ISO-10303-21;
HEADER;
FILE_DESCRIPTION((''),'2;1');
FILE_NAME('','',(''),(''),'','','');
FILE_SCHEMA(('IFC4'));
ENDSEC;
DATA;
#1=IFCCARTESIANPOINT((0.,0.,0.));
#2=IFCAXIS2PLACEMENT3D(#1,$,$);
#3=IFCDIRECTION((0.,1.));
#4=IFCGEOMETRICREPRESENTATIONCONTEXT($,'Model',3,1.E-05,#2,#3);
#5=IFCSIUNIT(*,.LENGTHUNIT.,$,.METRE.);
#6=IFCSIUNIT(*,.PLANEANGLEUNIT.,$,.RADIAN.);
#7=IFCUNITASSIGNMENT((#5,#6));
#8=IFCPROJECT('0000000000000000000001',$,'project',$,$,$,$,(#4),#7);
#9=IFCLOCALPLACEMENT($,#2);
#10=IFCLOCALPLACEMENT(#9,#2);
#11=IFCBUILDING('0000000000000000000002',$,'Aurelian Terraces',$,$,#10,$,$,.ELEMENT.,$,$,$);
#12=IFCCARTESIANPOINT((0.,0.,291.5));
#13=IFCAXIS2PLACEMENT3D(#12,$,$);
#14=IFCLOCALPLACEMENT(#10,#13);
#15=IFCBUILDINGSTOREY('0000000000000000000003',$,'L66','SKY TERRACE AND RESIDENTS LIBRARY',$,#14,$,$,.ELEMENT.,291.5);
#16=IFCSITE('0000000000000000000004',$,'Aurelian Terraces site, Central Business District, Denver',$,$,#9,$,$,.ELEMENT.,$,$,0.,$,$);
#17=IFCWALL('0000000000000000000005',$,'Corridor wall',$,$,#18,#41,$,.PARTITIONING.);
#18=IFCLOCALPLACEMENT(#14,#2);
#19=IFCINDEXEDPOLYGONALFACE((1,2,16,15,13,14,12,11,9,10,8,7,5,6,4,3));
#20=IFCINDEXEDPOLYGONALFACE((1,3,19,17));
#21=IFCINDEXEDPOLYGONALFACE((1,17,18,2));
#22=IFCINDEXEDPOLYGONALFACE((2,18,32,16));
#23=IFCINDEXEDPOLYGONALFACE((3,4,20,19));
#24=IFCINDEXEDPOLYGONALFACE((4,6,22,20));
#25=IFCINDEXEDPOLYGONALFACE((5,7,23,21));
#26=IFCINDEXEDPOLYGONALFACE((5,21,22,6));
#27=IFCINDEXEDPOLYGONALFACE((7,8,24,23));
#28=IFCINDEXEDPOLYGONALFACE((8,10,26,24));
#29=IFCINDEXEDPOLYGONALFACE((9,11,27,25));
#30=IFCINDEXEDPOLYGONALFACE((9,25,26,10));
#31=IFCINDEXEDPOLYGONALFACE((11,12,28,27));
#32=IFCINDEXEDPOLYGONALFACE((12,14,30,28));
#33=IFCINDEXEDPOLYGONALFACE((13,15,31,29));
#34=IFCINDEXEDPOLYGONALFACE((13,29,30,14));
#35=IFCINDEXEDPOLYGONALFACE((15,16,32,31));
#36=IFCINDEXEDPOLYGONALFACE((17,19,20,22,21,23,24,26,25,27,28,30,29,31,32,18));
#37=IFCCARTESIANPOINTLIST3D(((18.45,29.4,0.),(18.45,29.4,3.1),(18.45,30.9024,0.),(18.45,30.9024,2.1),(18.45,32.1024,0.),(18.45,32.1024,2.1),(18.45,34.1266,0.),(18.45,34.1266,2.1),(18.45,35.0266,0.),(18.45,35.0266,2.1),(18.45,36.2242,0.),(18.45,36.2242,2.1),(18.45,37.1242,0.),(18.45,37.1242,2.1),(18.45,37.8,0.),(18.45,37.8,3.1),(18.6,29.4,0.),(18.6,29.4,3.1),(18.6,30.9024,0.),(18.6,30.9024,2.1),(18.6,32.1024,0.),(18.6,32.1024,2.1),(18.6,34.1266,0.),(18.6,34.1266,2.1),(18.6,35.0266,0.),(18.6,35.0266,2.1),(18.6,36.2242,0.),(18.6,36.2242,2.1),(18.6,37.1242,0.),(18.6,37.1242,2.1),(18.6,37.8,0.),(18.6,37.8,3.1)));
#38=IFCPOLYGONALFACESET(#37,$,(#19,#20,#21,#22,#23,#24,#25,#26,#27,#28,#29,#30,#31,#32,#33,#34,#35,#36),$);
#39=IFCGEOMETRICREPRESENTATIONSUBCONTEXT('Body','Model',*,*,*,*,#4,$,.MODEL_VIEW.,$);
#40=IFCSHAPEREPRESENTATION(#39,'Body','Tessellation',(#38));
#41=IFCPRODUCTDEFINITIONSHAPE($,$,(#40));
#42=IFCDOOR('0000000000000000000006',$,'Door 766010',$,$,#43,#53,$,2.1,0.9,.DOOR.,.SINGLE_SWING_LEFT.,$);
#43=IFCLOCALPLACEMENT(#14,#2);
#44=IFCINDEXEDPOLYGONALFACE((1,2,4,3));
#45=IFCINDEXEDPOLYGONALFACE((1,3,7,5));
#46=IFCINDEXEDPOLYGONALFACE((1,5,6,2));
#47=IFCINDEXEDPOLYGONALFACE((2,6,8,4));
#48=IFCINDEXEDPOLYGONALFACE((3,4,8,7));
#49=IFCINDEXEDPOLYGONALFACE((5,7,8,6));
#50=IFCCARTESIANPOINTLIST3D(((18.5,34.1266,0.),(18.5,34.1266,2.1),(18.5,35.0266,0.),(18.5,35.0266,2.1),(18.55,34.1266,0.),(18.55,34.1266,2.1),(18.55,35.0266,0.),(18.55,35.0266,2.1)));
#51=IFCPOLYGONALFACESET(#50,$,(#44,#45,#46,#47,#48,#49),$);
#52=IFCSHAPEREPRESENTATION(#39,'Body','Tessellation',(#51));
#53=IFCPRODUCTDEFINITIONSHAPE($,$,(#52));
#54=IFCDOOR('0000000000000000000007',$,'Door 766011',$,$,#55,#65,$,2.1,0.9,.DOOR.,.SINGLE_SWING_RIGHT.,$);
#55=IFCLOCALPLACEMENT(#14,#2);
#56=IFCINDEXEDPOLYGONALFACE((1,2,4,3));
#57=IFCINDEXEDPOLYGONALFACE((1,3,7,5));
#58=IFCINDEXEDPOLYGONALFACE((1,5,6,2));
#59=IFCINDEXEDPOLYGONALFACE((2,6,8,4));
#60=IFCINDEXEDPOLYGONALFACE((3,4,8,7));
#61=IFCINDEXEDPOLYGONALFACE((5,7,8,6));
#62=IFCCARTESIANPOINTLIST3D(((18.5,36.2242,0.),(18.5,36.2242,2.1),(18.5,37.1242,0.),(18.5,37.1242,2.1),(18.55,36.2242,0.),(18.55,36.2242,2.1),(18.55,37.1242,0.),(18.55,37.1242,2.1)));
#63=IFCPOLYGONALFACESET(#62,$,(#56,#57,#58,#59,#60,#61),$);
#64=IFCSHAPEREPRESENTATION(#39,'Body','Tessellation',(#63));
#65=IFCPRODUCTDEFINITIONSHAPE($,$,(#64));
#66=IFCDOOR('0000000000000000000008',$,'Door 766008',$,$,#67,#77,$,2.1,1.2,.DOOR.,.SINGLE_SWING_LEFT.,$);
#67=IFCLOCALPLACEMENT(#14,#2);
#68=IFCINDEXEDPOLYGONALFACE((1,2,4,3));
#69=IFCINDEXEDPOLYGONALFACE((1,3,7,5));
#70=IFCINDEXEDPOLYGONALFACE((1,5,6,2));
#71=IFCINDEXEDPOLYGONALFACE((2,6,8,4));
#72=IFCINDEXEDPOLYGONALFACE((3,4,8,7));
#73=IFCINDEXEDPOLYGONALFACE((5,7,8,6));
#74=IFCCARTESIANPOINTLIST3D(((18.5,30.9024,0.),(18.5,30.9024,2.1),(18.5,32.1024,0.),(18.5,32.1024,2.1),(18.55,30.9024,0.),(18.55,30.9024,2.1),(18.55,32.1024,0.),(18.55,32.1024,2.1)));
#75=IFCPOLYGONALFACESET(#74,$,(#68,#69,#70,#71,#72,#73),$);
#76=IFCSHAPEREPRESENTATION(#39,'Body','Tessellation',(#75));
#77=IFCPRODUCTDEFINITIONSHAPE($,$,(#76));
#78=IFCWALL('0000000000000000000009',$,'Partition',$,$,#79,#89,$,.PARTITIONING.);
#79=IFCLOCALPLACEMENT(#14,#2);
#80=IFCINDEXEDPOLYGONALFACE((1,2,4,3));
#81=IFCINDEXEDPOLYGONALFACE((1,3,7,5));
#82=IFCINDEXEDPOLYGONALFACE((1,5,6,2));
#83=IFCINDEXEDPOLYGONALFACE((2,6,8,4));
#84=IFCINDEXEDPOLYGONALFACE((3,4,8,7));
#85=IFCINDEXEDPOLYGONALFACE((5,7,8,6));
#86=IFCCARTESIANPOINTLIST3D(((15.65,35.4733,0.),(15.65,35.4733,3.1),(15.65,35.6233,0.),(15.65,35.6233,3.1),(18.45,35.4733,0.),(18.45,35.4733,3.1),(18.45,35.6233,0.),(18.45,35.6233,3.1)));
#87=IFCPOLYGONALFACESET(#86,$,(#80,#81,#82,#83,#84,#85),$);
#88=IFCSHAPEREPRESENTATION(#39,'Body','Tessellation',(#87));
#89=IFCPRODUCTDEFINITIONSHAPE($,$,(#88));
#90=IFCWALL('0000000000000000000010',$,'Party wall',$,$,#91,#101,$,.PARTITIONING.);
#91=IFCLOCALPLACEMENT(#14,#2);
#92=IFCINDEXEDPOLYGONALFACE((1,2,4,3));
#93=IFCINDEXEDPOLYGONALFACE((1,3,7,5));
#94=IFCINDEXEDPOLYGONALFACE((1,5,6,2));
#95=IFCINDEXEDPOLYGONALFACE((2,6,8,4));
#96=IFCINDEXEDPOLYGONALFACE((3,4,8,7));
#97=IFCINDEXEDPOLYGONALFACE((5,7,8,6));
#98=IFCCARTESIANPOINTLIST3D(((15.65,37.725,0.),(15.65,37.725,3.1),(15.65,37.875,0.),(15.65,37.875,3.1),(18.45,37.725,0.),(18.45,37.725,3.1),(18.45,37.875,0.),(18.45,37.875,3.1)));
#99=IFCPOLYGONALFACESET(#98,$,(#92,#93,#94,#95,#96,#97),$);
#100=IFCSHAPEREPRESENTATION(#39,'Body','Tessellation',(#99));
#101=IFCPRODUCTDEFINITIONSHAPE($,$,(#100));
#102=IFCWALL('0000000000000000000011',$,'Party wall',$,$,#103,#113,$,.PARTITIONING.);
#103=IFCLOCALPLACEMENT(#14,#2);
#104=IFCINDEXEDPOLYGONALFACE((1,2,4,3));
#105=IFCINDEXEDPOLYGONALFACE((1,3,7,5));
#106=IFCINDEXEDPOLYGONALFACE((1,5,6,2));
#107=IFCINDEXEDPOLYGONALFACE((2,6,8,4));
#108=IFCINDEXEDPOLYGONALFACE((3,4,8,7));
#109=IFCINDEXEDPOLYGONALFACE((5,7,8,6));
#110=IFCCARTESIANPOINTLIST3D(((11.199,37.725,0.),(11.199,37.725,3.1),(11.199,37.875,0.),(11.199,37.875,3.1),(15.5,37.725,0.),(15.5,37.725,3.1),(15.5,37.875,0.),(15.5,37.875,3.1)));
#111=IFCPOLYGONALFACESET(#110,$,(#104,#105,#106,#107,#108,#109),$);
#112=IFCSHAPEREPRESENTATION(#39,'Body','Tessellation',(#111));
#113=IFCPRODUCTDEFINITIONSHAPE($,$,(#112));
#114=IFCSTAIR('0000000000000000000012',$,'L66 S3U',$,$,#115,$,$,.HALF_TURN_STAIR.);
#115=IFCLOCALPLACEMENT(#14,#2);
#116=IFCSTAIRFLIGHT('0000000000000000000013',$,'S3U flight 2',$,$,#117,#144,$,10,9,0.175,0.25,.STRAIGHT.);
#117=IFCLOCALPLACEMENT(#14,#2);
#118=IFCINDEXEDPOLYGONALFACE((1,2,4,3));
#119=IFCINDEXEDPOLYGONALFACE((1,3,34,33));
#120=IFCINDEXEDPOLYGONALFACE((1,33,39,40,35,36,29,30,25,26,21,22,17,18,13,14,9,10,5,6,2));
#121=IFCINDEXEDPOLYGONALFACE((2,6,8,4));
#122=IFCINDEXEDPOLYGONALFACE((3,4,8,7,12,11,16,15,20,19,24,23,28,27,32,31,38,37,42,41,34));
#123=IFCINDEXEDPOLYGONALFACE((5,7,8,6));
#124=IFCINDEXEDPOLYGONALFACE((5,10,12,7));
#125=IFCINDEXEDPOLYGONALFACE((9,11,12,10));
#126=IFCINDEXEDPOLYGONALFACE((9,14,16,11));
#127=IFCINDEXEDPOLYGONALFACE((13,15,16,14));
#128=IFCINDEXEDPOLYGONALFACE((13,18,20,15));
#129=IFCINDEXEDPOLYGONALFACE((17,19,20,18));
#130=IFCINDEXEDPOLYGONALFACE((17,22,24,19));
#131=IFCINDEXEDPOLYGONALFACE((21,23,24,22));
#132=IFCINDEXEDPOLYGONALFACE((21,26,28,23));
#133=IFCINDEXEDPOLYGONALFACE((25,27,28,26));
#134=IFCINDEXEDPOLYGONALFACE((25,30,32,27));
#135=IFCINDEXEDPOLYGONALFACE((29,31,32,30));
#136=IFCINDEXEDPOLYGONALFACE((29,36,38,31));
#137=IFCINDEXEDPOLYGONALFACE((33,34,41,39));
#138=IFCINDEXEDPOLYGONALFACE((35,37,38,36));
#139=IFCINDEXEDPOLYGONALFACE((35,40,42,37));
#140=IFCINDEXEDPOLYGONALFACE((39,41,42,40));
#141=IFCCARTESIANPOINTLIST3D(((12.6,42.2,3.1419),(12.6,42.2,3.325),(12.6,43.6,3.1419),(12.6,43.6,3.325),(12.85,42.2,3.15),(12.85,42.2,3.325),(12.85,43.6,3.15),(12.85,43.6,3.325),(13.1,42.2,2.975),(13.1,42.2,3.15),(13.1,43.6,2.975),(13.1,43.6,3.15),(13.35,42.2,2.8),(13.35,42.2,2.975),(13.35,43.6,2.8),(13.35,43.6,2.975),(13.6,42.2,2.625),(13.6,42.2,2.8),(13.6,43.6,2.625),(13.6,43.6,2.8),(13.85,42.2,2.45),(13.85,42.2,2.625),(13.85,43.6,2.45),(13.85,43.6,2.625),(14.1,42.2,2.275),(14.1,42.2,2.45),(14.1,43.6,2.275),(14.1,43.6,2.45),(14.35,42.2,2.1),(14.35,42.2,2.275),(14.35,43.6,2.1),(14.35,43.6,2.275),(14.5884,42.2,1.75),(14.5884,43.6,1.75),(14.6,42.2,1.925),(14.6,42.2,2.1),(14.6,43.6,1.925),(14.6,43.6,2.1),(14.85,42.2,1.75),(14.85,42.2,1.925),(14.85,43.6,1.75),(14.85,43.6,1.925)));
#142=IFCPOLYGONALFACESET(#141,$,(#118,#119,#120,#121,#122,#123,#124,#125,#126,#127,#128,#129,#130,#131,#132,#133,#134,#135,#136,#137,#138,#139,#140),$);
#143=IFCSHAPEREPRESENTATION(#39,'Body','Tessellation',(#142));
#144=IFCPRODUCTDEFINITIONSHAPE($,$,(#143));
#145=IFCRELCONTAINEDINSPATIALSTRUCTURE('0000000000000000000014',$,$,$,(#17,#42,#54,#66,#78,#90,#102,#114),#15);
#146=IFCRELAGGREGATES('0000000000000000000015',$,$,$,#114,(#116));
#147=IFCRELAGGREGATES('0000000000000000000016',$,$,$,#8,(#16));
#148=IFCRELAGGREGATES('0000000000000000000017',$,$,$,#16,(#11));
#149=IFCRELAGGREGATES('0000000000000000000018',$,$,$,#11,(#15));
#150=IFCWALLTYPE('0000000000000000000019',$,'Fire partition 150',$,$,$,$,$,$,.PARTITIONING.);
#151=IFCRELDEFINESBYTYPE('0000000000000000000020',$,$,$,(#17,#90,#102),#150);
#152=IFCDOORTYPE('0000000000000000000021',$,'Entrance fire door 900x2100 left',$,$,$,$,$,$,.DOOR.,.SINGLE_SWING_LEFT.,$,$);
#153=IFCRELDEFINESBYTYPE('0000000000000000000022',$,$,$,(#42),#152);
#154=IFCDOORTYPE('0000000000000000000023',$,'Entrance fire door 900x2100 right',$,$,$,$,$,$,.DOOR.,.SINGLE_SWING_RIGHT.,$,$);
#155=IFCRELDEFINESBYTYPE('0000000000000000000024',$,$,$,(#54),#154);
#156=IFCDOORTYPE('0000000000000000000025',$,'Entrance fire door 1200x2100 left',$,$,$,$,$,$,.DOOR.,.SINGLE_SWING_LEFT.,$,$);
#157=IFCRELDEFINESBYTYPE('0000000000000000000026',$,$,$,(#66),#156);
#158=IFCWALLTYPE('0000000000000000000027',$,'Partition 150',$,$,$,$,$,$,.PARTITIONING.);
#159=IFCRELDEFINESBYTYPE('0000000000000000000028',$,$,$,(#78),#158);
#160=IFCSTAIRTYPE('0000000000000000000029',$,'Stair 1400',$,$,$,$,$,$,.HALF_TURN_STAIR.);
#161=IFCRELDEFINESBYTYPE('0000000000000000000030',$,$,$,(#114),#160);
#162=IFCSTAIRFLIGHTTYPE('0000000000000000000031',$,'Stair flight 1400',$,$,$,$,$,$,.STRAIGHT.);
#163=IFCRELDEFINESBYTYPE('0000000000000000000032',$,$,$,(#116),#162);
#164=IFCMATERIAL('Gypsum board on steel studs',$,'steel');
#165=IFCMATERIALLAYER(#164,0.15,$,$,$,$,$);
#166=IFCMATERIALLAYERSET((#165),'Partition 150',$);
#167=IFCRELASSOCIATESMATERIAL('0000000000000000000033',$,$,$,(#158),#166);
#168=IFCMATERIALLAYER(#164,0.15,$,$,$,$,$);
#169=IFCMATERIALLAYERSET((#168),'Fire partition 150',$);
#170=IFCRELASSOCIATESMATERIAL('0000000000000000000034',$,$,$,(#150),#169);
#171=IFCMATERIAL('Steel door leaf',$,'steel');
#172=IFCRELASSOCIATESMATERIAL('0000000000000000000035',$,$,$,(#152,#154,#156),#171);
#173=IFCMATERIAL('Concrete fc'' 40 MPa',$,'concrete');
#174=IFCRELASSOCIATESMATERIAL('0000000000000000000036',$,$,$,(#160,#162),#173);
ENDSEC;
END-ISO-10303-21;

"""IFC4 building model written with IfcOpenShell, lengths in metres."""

from ifc_helpers import new_model, si_unit, direction, frame, frame_2d, origin, place, context, subcontext, project, spatial, polyline, rectangle, outline, extrude, source, transform, mapped, material, layer, layer_set, type_object, element, fill, aggregate, save


model = new_model("IFC4")

# Units and contexts
model_context = context("Model", 3, precision=1e-05, world=origin(), true_north=direction((0.0, 1.0)))
body_context = subcontext(model_context, "Body", "Model", "MODEL_VIEW")
ifc_project = project(units=[si_unit("LENGTHUNIT", "METRE"), si_unit("PLANEANGLEUNIT", "RADIAN")], contexts=[model_context])

# Site, building, storey
site_placement = place(None, origin())
site = spatial("IfcSite", under=ifc_project, at=site_placement, Name="Aurelian Terraces site, Central Business District, Denver", CompositionType="ELEMENT", RefElevation=0.0)
building_placement = place(site_placement, origin())
building = spatial("IfcBuilding", under=site, at=building_placement, Name="Aurelian Terraces", CompositionType="ELEMENT")
storey_placement = place(building_placement, frame((0.0, 0.0, 291.5)))
storey = spatial("IfcBuildingStorey", under=building, at=storey_placement, Name="L66", Description="SKY TERRACE AND RESIDENTS LIBRARY", CompositionType="ELEMENT", Elevation=291.5)

# Shared definitions
ifc_material_1 = material(Name="Gypsum board on steel studs", Category="steel")
ifc_layer_1 = layer(ifc_material_1, 0.15)
ifc_layer_set_1 = layer_set([ifc_layer_1], Name="Partition 150")
wall_type_1 = type_object("IfcWallType", Name="Partition 150", PredefinedType="PARTITIONING", material=ifc_layer_set_1)
ifc_material_2 = material(Name="Concrete fc' 40 MPa", Category="concrete")

# Shared definitions
ifc_material_3 = material(Name="Steel door leaf", Category="steel")
shared_shape_1 = source(origin(), body_context, "Body", "SweptSolid", [
    extrude(rectangle(XDim=0.9, YDim=2.1, at=frame_2d((0.45, 1.05))), frame((0.0, 0.025, 0.0), z_axis=(0.0, -1.0, 0.0), x_axis=(1.0, 0.0, 0.0)), (0.0, 0.0, 1.0), 0.05),
])
shared_shape_2 = source(origin(), body_context, "Body", "SweptSolid", [
    extrude(rectangle(XDim=1.2, YDim=2.1, at=frame_2d((0.6, 1.05))), frame((0.0, 0.025, 0.0), z_axis=(0.0, -1.0, 0.0), x_axis=(1.0, 0.0, 0.0)), (0.0, 0.0, 1.0), 0.05),
])

# Wall, openings, doors
ifc_layer_2 = layer(ifc_material_1, 0.15)
ifc_layer_set_2 = layer_set([ifc_layer_2], Name="Fire partition 150")
wall_type_2 = type_object("IfcWallType", Name="Fire partition 150", PredefinedType="PARTITIONING", material=ifc_layer_set_2)
shared_shape_3 = source(origin(), body_context, "Body", "SweptSolid", [
    extrude(rectangle(XDim=8.4, YDim=0.15, at=frame_2d((4.2, 0.0))), origin(), (0.0, 0.0, 1.0), 3.1),
])
wall_1_placement = place(storey_placement, frame((18.525, 29.4, 0.0), z_axis=(0.0, 0.0, 1.0), x_axis=(0.0, 1.0, 0.0)))
wall_1 = element("IfcWall", 1, at=wall_1_placement, inside=storey, type_object=wall_type_2, Name="Corridor wall", PredefinedType="PARTITIONING", context=body_context, shape_type="MappedRepresentation", body=[
    mapped(shared_shape_3, transform((0.0, 0.0, 0.0), scale=1.0)),
])
shared_shape_4 = source(origin(), body_context, "Body", "SweptSolid", [
    extrude(rectangle(XDim=1.2, YDim=2.1, at=frame_2d((0.6, 1.05))), frame((0.0, 0.085, 0.0), z_axis=(0.0, -1.0, 0.0), x_axis=(1.0, 0.0, 0.0)), (0.0, 0.0, 1.0), 0.17),
])
opening_1_placement = place(wall_1_placement, frame((1.5024, 0.0, 0.0)))
opening_1 = element("IfcOpeningElement", 2, at=opening_1_placement, cuts=wall_1, PredefinedType="OPENING", context=body_context, shape_type="MappedRepresentation", body=[
    mapped(shared_shape_4, transform((0.0, 0.0, 0.0), scale=1.0)),
])
shared_shape_5 = source(origin(), body_context, "Body", "SweptSolid", [
    extrude(rectangle(XDim=0.9, YDim=2.1, at=frame_2d((0.45, 1.05))), frame((0.0, 0.085, 0.0), z_axis=(0.0, -1.0, 0.0), x_axis=(1.0, 0.0, 0.0)), (0.0, 0.0, 1.0), 0.17),
])
opening_2_placement = place(wall_1_placement, frame((4.7266, 0.0, 0.0)))
opening_2 = element("IfcOpeningElement", 3, at=opening_2_placement, cuts=wall_1, PredefinedType="OPENING", context=body_context, shape_type="MappedRepresentation", body=[
    mapped(shared_shape_5, transform((0.0, 0.0, 0.0), scale=1.0)),
])
opening_3_placement = place(wall_1_placement, frame((6.8242, 0.0, 0.0)))
opening_3 = element("IfcOpeningElement", 4, at=opening_3_placement, cuts=wall_1, PredefinedType="OPENING", context=body_context, shape_type="MappedRepresentation", body=[
    mapped(shared_shape_5, transform((0.0, 0.0, 0.0), scale=1.0)),
])
door_type_1 = type_object("IfcDoorType", Name="Entrance fire door 900x2100 left", OperationType="SINGLE_SWING_LEFT", PredefinedType="DOOR", material=ifc_material_3)
door_1_placement = place(opening_2_placement, origin())
door_1 = element("IfcDoor", 5, at=door_1_placement, inside=storey, type_object=door_type_1, Name="Door 766010", OperationType="SINGLE_SWING_LEFT", OverallHeight=2.1, OverallWidth=0.9, PredefinedType="DOOR", context=body_context, shape_type="MappedRepresentation", body=[
    mapped(shared_shape_1, transform((0.0, 0.0, 0.0), scale=1.0)),
])
fill(opening_2, door_1)
door_type_2 = type_object("IfcDoorType", Name="Entrance fire door 900x2100 right", OperationType="SINGLE_SWING_RIGHT", PredefinedType="DOOR", material=ifc_material_3)
door_2_placement = place(opening_3_placement, origin())
door_2 = element("IfcDoor", 6, at=door_2_placement, inside=storey, type_object=door_type_2, Name="Door 766011", OperationType="SINGLE_SWING_RIGHT", OverallHeight=2.1, OverallWidth=0.9, PredefinedType="DOOR", context=body_context, shape_type="MappedRepresentation", body=[
    mapped(shared_shape_1, transform((0.0, 0.0, 0.0), scale=1.0)),
])
fill(opening_3, door_2)
door_type_3 = type_object("IfcDoorType", Name="Entrance fire door 1200x2100 left", OperationType="SINGLE_SWING_LEFT", PredefinedType="DOOR", material=ifc_material_3)
door_3_placement = place(opening_1_placement, origin())
door_3 = element("IfcDoor", 7, at=door_3_placement, inside=storey, type_object=door_type_3, Name="Door 766008", OperationType="SINGLE_SWING_LEFT", OverallHeight=2.1, OverallWidth=1.2, PredefinedType="DOOR", context=body_context, shape_type="MappedRepresentation", body=[
    mapped(shared_shape_2, transform((0.0, 0.0, 0.0), scale=1.0)),
])
fill(opening_1, door_3)

# Walls
shared_shape_6 = source(origin(), body_context, "Body", "SweptSolid", [
    extrude(rectangle(XDim=2.8, YDim=0.15, at=frame_2d((1.4, 0.0))), origin(), (0.0, 0.0, 1.0), 3.1),
])
wall_2_placement = place(storey_placement, frame((18.45, 35.5483, 0.0), z_axis=(0.0, 0.0, 1.0), x_axis=(-1.0, 0.0, 0.0)))
element("IfcWall", 8, at=wall_2_placement, inside=storey, type_object=wall_type_1, Name="Partition", PredefinedType="PARTITIONING", context=body_context, shape_type="MappedRepresentation", body=[
    mapped(shared_shape_6, transform((0.0, 0.0, 0.0), scale=1.0)),
])
wall_3_placement = place(storey_placement, frame((18.45, 37.8, 0.0), z_axis=(0.0, 0.0, 1.0), x_axis=(-1.0, 0.0, 0.0)))
element("IfcWall", 9, at=wall_3_placement, inside=storey, type_object=wall_type_2, Name="Party wall", PredefinedType="PARTITIONING", context=body_context, shape_type="MappedRepresentation", body=[
    mapped(shared_shape_6, transform((0.0, 0.0, 0.0), scale=1.0)),
])
shared_shape_7 = source(origin(), body_context, "Body", "SweptSolid", [
    extrude(rectangle(XDim=4.301, YDim=0.15, at=frame_2d((2.1505, 0.0))), origin(), (0.0, 0.0, 1.0), 3.1),
])
wall_4_placement = place(storey_placement, frame((15.5, 37.8, 0.0), z_axis=(0.0, 0.0, 1.0), x_axis=(-1.0, 0.0, 0.0)))
element("IfcWall", 10, at=wall_4_placement, inside=storey, type_object=wall_type_2, Name="Party wall", PredefinedType="PARTITIONING", context=body_context, shape_type="MappedRepresentation", body=[
    mapped(shared_shape_7, transform((0.0, 0.0, 0.0), scale=1.0)),
])

# Stair, stair flight
stair_type = type_object("IfcStairType", Name="Stair 1400", PredefinedType="HALF_TURN_STAIR", material=ifc_material_2)
stair_placement = place(storey_placement, origin())
stair = element("IfcStair", 11, at=stair_placement, inside=storey, type_object=stair_type, Name="L66 S3U", PredefinedType="HALF_TURN_STAIR")
stair_flight_type = type_object("IfcStairFlightType", Name="Stair flight 1400", PredefinedType="STRAIGHT", material=ifc_material_2)
shared_shape_8 = source(origin(), body_context, "Body", "SweptSolid", [
    extrude(outline(polyline([(0.0, 0.0), (0.0, 0.175), (0.25, 0.175), (0.25, 0.35), (0.5, 0.35), (0.5, 0.525), (0.75, 0.525), (0.75, 0.7), (1.0, 0.7), (1.0, 0.875), (1.25, 0.875), (1.25, 1.05), (1.5, 1.05), (1.5, 1.225), (1.75, 1.225), (1.75, 1.4), (2.0, 1.4), (2.0, 1.575), (2.25, 1.575), (2.25, 1.75), (2.25, 1.3919), (0.2616, 0.0), (0.0, 0.0)])), frame((0.0, 0.7, 0.0), z_axis=(0.0, -1.0, 0.0), x_axis=(1.0, 0.0, 0.0)), (0.0, 0.0, 1.0), 1.4),
])
stair_flight_placement = place(storey_placement, frame((14.85, 42.9, 1.75), z_axis=(0.0, 0.0, 1.0), x_axis=(-1.0, 0.0, 0.0)))
stair_flight = element("IfcStairFlight", 12, at=stair_flight_placement, type_object=stair_flight_type, Name="S3U flight 2", NumberOfRisers=10, NumberOfTreads=9, PredefinedType="STRAIGHT", RiserHeight=0.175, TreadLength=0.25, context=body_context, shape_type="MappedRepresentation", body=[
    mapped(shared_shape_8, transform((0.0, 0.0, 0.0), scale=1.0)),
])
aggregate(stair, [stair_flight])

save(model, "model.ifc")
